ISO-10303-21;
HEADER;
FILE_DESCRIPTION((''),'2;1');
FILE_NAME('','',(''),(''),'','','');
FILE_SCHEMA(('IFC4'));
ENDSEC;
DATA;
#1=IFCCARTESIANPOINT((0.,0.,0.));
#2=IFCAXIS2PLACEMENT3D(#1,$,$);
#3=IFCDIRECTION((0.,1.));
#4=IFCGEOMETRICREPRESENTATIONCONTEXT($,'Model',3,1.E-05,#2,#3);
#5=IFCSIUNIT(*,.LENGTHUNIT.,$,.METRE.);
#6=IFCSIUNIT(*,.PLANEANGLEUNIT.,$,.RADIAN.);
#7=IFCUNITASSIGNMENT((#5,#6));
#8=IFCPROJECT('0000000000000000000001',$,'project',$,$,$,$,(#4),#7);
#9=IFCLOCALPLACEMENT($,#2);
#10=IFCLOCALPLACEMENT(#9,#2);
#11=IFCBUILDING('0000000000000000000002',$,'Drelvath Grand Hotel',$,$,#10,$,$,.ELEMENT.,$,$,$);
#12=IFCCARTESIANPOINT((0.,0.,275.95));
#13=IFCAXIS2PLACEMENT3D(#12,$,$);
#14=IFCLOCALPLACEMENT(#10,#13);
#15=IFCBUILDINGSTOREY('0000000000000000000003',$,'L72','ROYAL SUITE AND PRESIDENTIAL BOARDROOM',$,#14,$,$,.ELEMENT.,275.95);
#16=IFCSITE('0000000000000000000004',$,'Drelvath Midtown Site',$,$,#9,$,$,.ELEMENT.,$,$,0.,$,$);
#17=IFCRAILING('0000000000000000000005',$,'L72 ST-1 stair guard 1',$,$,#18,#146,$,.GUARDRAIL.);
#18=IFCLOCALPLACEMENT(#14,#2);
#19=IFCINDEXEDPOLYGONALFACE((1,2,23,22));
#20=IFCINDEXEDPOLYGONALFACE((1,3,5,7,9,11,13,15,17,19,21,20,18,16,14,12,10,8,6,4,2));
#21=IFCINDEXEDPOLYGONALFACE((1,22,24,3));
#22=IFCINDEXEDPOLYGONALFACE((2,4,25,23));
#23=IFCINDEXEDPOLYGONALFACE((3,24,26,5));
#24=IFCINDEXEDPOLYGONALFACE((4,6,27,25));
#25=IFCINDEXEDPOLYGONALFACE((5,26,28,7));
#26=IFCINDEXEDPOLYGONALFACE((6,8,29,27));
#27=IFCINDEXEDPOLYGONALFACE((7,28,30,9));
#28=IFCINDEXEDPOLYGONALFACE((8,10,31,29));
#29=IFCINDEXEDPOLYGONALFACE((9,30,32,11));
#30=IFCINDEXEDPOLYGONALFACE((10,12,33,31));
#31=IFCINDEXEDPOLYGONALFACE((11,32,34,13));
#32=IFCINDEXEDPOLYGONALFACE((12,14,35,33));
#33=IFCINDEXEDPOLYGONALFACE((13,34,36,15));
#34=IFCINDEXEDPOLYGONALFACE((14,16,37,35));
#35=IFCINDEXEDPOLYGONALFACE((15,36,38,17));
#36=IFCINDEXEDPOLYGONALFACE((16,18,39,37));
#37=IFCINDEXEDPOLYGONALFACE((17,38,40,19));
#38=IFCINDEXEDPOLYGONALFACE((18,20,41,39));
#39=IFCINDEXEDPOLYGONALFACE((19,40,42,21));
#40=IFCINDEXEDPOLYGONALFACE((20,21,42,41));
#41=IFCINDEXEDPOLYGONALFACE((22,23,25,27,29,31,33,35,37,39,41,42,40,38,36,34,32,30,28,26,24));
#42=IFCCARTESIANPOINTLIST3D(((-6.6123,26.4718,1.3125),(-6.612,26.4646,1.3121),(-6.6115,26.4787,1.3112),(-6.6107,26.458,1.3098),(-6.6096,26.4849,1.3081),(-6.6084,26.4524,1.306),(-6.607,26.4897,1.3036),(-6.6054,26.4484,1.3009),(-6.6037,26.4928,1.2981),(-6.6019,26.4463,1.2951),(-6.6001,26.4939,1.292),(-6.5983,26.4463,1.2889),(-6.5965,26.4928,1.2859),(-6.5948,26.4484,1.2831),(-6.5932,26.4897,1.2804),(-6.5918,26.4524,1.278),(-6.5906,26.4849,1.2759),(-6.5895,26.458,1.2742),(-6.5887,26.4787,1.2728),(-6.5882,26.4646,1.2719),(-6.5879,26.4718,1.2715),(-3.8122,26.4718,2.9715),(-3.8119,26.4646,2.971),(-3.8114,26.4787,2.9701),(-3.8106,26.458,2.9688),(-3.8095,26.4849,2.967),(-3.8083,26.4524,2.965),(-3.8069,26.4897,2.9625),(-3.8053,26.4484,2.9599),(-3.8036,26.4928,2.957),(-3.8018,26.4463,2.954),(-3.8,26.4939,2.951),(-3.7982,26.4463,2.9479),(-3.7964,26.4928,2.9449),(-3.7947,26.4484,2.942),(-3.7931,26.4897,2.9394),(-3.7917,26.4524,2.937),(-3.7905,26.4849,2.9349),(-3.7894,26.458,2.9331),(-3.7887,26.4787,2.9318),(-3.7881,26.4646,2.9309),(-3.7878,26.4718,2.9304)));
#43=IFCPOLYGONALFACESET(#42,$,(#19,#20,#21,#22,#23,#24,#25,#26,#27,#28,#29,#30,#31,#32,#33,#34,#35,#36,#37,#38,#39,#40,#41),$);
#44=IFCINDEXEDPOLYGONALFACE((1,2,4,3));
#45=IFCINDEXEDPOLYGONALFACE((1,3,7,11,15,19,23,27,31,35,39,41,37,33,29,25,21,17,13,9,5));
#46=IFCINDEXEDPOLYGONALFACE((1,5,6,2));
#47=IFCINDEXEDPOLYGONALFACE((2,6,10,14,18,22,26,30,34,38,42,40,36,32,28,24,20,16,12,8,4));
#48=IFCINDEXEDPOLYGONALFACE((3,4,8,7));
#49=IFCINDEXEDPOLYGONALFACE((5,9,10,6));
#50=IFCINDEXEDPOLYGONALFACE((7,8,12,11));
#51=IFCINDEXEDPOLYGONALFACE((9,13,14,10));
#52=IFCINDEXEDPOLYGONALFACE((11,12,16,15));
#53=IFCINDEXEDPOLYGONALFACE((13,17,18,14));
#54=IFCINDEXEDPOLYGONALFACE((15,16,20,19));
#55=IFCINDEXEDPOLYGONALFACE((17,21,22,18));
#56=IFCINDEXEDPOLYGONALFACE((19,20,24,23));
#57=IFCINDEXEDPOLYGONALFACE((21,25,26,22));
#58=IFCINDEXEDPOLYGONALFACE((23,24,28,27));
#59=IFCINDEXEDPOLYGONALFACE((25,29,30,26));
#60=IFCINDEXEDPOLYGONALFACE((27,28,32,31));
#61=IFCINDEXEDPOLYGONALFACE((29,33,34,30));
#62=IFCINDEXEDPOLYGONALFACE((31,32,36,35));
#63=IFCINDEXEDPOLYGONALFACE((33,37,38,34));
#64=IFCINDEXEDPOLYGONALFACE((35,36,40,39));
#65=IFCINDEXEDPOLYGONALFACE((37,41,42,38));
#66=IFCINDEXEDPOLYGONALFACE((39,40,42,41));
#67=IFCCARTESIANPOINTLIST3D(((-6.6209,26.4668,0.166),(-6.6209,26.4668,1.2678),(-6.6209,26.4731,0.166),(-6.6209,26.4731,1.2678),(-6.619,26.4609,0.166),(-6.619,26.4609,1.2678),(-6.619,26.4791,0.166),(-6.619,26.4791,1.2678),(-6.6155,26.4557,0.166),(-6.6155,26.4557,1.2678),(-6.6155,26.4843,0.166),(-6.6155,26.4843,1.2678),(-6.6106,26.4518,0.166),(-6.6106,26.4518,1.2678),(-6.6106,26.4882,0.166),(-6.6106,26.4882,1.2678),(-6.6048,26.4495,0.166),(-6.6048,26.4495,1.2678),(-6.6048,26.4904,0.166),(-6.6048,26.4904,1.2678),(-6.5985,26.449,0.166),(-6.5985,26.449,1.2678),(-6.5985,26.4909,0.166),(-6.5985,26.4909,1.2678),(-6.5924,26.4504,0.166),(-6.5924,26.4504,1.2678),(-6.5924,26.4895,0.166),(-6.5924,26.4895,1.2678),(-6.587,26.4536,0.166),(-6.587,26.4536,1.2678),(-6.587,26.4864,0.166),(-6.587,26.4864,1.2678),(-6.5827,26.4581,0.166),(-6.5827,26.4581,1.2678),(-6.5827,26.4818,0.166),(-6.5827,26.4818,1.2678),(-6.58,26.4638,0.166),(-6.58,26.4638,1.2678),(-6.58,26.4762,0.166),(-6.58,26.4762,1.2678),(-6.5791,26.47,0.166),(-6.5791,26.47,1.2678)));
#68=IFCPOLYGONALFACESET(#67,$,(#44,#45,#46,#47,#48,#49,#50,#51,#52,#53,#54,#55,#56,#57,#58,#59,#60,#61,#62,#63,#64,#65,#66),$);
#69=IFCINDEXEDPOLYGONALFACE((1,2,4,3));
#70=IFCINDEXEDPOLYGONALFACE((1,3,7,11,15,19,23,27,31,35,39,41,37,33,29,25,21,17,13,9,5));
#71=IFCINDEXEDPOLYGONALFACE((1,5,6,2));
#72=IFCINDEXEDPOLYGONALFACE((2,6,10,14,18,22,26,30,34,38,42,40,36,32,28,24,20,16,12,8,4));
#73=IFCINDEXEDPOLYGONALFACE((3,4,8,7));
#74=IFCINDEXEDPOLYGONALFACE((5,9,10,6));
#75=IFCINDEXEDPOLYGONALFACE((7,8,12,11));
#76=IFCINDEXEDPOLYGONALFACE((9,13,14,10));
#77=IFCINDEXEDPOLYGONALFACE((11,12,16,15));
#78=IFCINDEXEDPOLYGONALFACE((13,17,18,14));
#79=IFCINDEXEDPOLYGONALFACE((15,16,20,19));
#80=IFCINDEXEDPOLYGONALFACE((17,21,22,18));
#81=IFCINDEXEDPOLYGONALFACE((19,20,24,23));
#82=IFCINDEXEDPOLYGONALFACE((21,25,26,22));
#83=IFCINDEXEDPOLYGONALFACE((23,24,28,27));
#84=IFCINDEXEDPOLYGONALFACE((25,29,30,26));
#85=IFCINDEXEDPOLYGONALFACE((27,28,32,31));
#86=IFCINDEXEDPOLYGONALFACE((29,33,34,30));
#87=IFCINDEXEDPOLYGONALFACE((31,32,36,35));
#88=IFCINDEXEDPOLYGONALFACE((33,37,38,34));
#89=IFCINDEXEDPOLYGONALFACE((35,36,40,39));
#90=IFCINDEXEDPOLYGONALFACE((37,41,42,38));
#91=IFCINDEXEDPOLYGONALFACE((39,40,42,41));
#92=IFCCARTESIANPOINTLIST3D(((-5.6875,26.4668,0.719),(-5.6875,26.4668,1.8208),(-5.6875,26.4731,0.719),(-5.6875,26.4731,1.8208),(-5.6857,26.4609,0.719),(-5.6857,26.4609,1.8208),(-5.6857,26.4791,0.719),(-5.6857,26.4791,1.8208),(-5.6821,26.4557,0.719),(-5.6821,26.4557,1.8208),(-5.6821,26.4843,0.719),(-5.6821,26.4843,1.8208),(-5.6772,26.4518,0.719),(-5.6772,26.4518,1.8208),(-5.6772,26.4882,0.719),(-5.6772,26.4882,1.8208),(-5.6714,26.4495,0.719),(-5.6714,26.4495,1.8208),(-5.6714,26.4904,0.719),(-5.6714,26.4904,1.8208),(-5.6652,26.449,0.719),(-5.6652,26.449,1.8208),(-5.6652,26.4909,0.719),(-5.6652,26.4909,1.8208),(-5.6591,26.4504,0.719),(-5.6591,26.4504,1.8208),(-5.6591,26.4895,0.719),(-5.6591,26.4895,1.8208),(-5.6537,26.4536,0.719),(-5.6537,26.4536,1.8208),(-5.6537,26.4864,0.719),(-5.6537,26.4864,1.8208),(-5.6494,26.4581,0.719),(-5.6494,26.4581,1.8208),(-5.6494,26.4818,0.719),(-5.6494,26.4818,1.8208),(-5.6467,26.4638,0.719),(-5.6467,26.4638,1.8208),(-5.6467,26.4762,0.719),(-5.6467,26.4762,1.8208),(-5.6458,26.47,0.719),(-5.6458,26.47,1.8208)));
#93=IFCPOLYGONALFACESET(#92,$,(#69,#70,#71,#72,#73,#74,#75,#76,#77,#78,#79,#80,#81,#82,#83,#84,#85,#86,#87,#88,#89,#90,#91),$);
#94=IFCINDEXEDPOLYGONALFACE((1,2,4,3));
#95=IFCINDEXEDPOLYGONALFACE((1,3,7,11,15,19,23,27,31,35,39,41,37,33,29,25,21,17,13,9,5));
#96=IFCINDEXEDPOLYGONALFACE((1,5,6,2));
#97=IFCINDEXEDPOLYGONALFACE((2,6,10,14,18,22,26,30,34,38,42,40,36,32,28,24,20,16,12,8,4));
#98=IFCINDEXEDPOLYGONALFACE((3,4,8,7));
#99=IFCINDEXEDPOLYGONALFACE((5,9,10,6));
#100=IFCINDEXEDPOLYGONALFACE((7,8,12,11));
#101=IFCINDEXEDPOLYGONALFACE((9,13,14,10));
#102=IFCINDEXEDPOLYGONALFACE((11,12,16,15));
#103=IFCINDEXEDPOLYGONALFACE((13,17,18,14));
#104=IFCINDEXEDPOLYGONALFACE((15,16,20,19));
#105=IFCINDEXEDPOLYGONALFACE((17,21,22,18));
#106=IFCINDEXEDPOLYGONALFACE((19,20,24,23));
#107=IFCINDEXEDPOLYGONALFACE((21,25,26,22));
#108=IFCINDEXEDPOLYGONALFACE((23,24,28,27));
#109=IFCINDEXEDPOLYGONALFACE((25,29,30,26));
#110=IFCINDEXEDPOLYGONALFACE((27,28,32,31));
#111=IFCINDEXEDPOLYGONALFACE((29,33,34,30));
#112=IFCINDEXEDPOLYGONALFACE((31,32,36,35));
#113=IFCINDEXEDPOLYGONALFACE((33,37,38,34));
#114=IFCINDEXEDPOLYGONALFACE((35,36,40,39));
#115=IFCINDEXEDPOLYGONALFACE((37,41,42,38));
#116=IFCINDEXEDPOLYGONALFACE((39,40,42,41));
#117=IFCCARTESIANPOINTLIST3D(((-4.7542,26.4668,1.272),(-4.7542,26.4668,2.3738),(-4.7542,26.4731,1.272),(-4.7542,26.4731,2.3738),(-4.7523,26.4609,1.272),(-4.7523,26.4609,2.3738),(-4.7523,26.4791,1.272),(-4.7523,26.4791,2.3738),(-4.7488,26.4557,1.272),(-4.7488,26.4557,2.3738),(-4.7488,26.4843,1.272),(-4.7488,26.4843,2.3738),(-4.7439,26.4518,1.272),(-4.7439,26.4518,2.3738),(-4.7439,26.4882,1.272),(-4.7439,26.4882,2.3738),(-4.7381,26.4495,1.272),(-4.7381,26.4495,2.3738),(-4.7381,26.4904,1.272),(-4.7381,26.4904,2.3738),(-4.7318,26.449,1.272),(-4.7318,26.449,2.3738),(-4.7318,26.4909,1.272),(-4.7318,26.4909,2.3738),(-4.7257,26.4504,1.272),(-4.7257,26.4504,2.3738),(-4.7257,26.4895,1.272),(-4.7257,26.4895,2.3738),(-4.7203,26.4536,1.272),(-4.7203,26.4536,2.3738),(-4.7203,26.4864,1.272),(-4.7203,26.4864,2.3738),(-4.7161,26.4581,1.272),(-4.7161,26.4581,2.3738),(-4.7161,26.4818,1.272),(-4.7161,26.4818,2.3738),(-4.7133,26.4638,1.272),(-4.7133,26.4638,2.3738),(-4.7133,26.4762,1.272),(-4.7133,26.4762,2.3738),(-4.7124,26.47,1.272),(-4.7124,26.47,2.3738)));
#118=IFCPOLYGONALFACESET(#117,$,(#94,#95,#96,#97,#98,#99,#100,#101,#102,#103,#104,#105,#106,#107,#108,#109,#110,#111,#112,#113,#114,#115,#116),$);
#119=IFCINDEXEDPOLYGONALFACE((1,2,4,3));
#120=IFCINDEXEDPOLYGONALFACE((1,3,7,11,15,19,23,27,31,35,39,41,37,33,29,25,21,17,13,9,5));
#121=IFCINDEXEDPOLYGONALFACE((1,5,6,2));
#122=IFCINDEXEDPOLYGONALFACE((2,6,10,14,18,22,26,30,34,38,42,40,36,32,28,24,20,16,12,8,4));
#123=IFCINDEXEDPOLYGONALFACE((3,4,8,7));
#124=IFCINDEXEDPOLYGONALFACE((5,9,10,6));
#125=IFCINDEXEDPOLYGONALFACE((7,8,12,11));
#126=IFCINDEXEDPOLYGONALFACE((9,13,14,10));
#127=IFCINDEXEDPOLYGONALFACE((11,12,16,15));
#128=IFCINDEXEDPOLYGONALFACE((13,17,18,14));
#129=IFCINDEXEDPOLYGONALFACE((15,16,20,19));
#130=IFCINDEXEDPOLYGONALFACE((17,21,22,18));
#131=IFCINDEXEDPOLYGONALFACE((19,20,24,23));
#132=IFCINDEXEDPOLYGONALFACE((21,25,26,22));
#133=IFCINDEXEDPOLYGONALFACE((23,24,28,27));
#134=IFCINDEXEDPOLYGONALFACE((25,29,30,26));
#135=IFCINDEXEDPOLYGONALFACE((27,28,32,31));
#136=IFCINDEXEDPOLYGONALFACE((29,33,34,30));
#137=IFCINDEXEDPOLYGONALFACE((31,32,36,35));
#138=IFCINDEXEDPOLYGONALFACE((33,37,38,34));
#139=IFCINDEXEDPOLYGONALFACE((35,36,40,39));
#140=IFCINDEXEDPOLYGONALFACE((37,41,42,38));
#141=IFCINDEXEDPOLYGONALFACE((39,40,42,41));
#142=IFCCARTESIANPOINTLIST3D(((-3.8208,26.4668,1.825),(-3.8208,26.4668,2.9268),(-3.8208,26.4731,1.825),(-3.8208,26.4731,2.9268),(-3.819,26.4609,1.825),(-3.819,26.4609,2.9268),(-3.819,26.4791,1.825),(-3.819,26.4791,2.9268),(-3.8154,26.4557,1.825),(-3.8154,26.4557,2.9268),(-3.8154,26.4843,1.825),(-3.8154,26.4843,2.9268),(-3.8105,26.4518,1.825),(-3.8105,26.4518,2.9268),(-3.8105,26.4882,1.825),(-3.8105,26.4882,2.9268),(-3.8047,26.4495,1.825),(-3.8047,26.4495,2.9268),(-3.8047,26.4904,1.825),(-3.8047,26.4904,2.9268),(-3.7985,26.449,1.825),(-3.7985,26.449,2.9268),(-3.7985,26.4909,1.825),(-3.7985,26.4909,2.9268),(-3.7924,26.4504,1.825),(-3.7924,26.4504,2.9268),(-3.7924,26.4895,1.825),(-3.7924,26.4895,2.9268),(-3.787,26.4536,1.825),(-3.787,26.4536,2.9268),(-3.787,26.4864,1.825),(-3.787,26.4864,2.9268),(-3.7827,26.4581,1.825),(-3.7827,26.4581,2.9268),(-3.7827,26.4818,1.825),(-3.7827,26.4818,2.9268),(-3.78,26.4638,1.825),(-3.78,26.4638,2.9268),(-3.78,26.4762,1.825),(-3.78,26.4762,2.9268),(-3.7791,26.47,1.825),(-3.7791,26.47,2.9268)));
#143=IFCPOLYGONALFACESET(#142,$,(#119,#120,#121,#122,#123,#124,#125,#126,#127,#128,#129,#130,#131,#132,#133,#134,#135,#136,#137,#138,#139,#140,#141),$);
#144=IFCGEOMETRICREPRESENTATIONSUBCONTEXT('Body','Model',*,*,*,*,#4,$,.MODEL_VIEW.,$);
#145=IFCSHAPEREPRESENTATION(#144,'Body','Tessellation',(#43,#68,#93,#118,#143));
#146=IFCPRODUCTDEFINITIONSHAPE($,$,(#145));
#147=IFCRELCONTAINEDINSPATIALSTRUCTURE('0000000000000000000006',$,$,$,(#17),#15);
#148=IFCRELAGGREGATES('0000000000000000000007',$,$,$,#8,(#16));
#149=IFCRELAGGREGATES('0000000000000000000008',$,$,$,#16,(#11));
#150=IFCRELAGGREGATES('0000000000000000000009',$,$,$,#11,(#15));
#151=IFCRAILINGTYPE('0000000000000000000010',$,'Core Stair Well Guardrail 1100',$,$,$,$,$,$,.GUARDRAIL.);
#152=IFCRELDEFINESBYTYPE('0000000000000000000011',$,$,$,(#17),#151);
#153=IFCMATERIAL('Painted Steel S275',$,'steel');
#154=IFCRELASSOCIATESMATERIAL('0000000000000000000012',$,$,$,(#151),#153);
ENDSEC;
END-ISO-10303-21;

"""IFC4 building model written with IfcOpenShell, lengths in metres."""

from ifc_helpers import new_model, si_unit, direction, frame, origin, origin_2d, place, context, subcontext, project, spatial, circle, extrude, material, type_object, element, save


model = new_model("IFC4")

# Units and contexts
model_context = context("Model", 3, precision=1e-05, world=origin(), true_north=direction((0.0, 1.0)))
body_context = subcontext(model_context, "Body", "Model", "MODEL_VIEW")
ifc_project = project(units=[si_unit("LENGTHUNIT", "METRE"), si_unit("PLANEANGLEUNIT", "RADIAN")], contexts=[model_context])

# Site, building, storey
site_placement = place(None, origin())
site = spatial("IfcSite", under=ifc_project, at=site_placement, Name="Drelvath Midtown Site", CompositionType="ELEMENT", RefElevation=0.0)
building_placement = place(site_placement, origin())
building = spatial("IfcBuilding", under=site, at=building_placement, Name="Drelvath Grand Hotel", CompositionType="ELEMENT")
storey_placement = place(building_placement, frame((0.0, 0.0, 275.95)))
storey = spatial("IfcBuildingStorey", under=building, at=storey_placement, Name="L72", Description="ROYAL SUITE AND PRESIDENTIAL BOARDROOM", CompositionType="ELEMENT", Elevation=275.95)

# Shared definitions
ifc_material_1 = material(Name="Painted Steel S275", Category="steel")

# Railing
railing_type_1 = type_object("IfcRailingType", Name="Core Stair Well Guardrail 1100", PredefinedType="GUARDRAIL", material=ifc_material_1)
railing_1_placement = place(storey_placement, frame((-6.6001, 26.47, 0.166)))
element("IfcRailing", 1, at=railing_1_placement, inside=storey, type_object=railing_type_1, Name="L72 ST-1 stair guard 1", PredefinedType="GUARDRAIL", context=body_context, shape_type="SweptSolid", body=[
    extrude(circle(Radius=0.0239, at=origin_2d()), frame((0.0, 0.0, 1.126), z_axis=(0.860339, 0.0, 0.509722), x_axis=(0.0, 1.0, 0.0)), (0.0, 0.0, 1.0), 3.2546),
    extrude(circle(Radius=0.021, at=origin_2d()), origin(), (0.0, 0.0, 1.0), 1.1018),
    extrude(circle(Radius=0.021, at=origin_2d()), frame((0.9333, 0.0, 0.553)), (0.0, 0.0, 1.0), 1.1018),
    extrude(circle(Radius=0.021, at=origin_2d()), frame((1.8667, 0.0, 1.106)), (0.0, 0.0, 1.0), 1.1018),
    extrude(circle(Radius=0.021, at=origin_2d()), frame((2.8, 0.0, 1.6589)), (0.0, 0.0, 1.0), 1.1018),
])

save(model, "model.ifc")
